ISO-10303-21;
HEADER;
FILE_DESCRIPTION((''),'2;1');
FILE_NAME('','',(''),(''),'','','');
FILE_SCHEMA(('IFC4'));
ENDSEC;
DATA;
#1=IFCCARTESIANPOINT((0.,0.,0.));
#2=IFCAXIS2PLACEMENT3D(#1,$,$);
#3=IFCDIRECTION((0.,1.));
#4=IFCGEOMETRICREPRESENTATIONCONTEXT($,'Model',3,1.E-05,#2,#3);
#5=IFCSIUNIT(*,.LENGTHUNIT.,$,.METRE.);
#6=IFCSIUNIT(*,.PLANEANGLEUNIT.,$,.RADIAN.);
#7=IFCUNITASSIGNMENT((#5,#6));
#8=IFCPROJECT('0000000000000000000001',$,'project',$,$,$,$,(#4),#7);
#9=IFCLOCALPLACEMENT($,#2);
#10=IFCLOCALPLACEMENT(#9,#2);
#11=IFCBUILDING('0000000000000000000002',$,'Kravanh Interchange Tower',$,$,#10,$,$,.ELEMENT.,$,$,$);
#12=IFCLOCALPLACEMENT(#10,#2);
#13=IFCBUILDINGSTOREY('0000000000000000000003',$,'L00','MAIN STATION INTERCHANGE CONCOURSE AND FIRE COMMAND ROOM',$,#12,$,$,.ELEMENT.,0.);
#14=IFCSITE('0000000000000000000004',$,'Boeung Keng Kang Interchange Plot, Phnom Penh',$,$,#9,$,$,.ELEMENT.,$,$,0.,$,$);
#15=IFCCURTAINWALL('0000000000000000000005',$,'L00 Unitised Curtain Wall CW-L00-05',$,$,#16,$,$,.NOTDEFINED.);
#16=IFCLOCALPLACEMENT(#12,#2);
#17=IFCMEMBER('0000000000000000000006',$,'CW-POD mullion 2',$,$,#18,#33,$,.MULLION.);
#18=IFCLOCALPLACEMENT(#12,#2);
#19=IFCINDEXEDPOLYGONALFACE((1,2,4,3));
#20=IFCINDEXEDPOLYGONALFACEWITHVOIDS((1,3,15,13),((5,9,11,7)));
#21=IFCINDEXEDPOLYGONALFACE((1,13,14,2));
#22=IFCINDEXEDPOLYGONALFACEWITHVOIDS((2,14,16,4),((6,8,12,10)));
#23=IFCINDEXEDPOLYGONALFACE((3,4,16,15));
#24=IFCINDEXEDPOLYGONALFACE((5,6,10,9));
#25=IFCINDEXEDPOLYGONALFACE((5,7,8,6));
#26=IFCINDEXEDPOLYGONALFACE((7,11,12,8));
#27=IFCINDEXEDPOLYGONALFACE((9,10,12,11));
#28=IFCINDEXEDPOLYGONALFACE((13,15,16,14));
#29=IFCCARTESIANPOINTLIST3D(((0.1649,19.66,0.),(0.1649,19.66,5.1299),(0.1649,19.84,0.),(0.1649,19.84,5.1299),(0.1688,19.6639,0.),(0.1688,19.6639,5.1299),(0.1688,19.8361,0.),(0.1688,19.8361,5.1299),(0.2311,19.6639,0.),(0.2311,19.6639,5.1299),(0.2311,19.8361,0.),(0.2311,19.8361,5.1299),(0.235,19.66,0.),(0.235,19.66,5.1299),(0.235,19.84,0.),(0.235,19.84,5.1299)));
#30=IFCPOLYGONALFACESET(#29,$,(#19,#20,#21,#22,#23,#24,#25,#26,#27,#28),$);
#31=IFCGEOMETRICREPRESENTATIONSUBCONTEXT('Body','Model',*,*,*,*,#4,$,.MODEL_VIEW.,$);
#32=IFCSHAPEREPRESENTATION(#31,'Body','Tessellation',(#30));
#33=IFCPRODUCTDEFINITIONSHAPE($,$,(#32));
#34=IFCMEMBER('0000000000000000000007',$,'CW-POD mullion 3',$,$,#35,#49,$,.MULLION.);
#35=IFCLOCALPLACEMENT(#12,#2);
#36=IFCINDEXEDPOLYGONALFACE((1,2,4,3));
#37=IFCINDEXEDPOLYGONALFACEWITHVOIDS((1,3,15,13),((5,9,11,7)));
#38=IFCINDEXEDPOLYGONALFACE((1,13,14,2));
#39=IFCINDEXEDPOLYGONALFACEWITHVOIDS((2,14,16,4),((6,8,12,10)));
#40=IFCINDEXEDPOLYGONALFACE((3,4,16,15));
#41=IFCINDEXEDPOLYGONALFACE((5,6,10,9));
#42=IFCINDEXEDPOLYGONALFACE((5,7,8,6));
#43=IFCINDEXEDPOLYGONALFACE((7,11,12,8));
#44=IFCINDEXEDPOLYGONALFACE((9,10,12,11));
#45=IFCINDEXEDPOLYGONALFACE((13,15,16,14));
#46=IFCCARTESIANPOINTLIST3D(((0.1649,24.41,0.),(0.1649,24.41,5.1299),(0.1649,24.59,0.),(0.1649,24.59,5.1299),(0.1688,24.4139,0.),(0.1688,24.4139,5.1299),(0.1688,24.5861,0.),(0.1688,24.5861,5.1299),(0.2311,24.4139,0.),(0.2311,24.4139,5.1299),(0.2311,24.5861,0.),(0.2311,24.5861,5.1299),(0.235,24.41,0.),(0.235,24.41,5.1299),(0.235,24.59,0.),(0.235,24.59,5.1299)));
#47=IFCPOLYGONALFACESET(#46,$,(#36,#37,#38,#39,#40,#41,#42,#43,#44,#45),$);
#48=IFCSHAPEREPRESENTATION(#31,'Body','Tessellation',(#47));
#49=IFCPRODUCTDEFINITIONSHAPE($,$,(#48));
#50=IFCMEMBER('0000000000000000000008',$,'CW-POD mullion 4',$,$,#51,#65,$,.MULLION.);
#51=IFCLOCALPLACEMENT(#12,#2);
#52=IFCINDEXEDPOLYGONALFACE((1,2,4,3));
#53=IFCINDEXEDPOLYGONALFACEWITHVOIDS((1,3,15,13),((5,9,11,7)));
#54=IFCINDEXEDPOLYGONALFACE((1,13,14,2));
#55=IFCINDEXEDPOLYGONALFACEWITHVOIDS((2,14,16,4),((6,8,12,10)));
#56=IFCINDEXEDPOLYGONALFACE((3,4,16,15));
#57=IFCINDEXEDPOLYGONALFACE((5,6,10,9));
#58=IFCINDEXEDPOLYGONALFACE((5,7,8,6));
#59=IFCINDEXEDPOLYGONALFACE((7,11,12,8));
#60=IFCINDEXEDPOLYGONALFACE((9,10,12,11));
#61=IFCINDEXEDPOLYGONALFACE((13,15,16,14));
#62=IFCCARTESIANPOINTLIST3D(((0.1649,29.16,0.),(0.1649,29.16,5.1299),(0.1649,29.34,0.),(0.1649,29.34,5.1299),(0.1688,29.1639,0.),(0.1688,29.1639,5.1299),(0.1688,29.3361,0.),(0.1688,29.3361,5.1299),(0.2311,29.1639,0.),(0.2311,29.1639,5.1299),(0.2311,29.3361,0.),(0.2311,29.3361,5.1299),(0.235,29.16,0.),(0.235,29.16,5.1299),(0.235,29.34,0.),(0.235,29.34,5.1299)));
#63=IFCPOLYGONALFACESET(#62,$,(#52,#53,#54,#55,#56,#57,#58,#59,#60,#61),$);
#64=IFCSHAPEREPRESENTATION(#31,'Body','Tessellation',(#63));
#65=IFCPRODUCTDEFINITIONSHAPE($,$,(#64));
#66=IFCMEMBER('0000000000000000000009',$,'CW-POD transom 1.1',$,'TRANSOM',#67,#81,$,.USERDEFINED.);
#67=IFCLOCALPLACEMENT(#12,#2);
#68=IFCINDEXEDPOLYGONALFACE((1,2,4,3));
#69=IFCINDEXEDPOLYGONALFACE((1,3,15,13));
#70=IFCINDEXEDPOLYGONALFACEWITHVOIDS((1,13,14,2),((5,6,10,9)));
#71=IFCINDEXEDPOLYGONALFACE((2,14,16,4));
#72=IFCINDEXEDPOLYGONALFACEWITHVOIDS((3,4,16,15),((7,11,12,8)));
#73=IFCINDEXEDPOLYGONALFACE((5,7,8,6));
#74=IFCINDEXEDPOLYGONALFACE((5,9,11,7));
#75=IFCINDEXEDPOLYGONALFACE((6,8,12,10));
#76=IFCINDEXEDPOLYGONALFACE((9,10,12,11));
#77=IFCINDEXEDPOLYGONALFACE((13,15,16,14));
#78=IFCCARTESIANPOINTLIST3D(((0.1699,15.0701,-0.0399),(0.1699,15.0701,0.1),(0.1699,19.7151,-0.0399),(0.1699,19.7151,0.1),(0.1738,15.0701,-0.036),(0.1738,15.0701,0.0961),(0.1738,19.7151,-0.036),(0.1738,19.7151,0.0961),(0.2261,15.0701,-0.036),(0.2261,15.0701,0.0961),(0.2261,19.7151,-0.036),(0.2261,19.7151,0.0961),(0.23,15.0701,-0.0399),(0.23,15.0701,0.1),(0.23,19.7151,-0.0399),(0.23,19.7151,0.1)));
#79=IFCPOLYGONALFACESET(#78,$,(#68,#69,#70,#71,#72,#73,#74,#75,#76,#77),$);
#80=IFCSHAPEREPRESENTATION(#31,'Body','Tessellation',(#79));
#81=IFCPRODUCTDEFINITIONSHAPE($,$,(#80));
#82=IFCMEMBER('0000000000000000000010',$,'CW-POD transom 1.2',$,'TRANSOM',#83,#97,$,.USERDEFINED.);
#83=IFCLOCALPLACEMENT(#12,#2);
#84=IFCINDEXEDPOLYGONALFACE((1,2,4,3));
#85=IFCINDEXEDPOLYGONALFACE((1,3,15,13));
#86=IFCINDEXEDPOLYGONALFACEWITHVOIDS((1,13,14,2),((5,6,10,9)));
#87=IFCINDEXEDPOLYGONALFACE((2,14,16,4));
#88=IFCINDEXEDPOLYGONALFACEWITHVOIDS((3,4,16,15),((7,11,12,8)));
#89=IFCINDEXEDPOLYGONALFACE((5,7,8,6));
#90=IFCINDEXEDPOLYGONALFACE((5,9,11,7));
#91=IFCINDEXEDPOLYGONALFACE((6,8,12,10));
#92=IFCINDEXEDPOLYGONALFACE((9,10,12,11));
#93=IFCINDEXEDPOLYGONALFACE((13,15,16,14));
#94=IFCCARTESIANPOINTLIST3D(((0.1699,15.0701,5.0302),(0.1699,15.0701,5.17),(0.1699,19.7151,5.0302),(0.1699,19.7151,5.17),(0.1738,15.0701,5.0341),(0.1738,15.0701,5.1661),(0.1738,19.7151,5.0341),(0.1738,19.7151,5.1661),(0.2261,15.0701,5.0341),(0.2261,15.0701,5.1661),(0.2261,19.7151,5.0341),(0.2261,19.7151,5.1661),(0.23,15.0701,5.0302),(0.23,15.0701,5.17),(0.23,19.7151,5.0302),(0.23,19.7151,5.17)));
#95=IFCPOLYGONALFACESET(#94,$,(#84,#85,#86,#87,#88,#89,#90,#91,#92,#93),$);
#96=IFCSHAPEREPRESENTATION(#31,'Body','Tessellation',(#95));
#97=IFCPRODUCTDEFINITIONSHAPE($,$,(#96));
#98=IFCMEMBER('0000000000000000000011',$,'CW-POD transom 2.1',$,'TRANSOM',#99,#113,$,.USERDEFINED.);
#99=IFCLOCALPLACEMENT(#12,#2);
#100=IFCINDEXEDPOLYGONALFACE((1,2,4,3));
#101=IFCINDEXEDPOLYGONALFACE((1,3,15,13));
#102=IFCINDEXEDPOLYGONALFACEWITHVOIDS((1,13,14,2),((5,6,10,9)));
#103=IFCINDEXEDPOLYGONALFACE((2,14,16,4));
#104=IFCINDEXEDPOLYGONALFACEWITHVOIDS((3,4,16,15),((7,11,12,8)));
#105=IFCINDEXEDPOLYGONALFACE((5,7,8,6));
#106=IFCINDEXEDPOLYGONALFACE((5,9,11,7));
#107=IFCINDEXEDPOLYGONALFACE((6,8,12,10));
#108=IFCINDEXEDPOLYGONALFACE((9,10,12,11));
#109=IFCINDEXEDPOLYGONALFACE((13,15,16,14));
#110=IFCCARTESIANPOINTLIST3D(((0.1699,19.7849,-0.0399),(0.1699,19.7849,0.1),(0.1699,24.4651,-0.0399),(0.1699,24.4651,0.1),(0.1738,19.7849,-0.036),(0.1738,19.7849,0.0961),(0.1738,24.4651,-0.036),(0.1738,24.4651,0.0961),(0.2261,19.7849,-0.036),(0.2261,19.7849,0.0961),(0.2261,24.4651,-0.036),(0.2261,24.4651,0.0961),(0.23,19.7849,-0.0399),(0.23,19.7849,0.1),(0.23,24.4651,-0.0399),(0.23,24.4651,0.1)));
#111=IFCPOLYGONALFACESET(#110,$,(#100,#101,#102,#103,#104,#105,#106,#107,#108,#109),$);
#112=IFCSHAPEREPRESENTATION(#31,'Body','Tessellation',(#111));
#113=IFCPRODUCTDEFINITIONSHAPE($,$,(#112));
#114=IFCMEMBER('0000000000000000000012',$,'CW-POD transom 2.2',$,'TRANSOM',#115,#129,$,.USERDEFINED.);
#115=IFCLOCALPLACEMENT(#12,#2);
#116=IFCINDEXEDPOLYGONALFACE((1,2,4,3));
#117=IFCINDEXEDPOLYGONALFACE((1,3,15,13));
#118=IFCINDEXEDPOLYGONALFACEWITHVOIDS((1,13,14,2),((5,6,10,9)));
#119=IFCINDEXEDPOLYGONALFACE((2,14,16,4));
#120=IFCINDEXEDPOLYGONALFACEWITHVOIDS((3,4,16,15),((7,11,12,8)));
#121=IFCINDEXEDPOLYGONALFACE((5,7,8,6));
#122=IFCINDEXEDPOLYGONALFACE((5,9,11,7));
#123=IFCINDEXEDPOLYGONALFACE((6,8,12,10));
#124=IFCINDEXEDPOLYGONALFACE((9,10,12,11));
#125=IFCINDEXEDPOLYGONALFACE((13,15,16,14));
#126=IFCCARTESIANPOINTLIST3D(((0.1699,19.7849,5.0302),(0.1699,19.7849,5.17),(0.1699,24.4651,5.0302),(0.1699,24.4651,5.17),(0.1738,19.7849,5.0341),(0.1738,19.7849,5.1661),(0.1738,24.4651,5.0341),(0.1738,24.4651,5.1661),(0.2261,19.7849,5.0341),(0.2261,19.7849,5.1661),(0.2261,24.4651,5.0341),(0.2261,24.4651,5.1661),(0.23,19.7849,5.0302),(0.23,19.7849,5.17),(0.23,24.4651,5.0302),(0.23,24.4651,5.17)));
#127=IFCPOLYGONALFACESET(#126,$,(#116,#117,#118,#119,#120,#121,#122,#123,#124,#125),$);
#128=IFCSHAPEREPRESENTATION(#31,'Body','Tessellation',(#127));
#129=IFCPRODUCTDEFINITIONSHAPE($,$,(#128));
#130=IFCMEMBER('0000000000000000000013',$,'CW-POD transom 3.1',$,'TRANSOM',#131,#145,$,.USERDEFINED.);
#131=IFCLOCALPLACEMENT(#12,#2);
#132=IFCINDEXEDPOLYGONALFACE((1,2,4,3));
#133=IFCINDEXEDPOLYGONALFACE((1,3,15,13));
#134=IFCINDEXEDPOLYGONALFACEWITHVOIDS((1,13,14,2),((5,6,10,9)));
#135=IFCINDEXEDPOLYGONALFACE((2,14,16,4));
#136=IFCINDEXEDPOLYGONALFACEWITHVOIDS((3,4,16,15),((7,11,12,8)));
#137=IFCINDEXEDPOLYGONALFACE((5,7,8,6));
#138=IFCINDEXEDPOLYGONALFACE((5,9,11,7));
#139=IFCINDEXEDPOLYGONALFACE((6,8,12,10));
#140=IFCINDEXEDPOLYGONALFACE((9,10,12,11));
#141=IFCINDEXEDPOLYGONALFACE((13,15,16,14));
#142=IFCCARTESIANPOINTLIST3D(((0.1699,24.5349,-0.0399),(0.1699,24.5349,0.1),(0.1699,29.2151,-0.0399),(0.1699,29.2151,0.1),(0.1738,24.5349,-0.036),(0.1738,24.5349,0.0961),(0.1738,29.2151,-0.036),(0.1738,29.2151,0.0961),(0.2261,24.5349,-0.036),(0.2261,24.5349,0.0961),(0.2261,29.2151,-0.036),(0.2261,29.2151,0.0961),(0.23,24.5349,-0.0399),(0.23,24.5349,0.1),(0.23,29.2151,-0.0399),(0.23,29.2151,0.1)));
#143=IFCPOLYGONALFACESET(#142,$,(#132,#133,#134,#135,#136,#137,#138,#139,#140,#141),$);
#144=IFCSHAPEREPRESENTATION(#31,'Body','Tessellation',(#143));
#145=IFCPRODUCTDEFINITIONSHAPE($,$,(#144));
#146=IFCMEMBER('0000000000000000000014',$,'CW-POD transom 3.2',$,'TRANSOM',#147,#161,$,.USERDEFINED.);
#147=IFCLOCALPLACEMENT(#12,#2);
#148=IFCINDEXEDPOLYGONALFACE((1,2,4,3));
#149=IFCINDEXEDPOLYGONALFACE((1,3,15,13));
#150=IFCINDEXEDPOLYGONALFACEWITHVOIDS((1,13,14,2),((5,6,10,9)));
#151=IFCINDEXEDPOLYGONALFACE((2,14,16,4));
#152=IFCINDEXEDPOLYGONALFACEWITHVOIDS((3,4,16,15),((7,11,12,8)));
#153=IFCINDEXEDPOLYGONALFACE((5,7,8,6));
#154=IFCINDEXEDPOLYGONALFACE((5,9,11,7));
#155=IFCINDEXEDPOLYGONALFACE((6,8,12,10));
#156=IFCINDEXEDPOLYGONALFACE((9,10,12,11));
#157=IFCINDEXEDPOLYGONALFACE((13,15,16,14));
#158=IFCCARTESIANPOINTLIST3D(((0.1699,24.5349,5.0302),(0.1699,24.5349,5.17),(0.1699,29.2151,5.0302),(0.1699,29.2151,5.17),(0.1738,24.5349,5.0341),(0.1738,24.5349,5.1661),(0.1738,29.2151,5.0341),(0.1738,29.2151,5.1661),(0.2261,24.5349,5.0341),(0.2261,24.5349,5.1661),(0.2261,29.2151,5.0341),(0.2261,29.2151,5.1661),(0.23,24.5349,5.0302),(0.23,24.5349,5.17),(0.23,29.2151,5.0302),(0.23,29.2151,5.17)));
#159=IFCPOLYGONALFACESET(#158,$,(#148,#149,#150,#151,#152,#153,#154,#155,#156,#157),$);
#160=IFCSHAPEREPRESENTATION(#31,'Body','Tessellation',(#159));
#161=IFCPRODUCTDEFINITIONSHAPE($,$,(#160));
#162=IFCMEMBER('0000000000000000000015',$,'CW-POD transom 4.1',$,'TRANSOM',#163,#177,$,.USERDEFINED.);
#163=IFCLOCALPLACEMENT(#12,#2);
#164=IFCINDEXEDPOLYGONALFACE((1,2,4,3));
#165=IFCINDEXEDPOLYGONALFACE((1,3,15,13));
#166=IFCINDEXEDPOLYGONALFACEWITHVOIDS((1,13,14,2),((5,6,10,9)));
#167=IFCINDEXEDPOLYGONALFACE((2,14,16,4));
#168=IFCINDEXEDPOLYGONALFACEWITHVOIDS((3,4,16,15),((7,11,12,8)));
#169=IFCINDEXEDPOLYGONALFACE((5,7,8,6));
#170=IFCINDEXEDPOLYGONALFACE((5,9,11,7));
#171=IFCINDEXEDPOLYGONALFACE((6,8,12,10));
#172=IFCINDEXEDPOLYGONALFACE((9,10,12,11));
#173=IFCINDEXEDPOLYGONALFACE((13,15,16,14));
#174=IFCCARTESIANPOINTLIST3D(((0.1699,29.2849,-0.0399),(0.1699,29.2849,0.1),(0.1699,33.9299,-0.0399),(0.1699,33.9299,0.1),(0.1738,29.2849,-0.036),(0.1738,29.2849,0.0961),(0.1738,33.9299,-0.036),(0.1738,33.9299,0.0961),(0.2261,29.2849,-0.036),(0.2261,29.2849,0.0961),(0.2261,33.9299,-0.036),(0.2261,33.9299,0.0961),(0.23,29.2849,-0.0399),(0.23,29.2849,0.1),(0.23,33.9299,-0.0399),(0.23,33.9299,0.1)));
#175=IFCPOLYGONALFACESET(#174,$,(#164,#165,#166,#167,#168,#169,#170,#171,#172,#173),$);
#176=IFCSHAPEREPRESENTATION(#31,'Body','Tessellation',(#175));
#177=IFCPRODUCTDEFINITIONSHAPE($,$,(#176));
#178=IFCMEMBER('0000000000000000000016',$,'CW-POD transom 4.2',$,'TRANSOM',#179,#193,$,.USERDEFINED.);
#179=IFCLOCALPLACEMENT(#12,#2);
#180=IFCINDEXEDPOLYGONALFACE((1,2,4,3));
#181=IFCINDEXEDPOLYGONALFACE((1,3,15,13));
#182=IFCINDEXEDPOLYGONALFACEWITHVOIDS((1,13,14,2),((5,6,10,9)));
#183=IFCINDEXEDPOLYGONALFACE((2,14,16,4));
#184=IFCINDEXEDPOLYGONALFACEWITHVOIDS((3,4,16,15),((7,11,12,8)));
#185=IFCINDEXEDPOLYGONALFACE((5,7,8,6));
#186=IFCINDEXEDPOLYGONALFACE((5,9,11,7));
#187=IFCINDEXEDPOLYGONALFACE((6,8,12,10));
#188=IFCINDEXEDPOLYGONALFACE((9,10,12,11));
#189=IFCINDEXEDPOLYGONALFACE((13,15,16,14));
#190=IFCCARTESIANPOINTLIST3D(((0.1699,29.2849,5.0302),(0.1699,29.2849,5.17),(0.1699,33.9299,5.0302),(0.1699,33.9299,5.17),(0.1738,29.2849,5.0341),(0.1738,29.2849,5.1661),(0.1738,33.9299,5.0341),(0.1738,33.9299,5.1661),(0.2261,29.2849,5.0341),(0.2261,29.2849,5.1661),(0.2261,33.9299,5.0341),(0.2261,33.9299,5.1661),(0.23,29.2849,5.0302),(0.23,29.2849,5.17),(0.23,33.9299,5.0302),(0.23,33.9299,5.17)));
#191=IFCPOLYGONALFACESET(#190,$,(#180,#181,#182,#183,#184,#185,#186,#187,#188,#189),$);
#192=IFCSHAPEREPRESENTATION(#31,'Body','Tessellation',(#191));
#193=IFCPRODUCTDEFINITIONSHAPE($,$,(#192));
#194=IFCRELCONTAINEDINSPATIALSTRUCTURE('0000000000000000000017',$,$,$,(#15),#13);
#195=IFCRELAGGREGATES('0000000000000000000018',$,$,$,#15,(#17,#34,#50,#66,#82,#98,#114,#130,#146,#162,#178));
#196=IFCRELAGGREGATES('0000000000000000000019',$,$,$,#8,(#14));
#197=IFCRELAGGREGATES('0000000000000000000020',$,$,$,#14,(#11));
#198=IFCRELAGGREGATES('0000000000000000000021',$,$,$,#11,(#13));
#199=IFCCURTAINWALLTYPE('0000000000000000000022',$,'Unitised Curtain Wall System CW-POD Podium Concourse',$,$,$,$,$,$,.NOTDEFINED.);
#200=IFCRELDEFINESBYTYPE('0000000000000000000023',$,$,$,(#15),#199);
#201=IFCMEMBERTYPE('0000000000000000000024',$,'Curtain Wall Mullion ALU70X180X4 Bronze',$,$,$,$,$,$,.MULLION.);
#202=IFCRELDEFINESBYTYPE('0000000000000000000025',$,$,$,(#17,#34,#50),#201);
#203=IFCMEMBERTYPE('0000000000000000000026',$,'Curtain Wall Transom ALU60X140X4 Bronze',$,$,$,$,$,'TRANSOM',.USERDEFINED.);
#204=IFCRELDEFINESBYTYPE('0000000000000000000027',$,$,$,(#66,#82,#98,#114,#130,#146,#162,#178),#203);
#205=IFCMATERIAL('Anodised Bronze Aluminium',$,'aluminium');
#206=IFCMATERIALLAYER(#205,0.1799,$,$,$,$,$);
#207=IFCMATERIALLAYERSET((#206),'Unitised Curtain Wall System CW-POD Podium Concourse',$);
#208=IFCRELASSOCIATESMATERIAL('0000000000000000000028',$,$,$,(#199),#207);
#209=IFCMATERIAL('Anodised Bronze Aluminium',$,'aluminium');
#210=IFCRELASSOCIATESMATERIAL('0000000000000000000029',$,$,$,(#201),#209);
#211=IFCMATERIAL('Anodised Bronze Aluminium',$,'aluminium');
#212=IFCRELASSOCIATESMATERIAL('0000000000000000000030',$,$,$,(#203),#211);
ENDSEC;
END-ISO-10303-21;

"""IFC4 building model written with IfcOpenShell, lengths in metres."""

from ifc_helpers import new_model, si_unit, direction, frame, origin, origin_2d, place, context, subcontext, project, spatial, hollow_rectangle, extrude, material, layer, layer_set, material_profile, profile_set, type_object, element, aggregate, save


model = new_model("IFC4")

# Units and contexts
model_context = context("Model", 3, precision=1e-05, world=origin(), true_north=direction((0.0, 1.0)))
body_context = subcontext(model_context, "Body", "Model", "MODEL_VIEW")
ifc_project = project(units=[si_unit("LENGTHUNIT", "METRE"), si_unit("PLANEANGLEUNIT", "RADIAN")], contexts=[model_context])

# Site, building, storey
site_placement = place(None, origin())
site = spatial("IfcSite", under=ifc_project, at=site_placement, Name="Boeung Keng Kang Interchange Plot, Phnom Penh", CompositionType="ELEMENT", RefElevation=0.0)
building_placement = place(site_placement, origin())
building = spatial("IfcBuilding", under=site, at=building_placement, Name="Kravanh Interchange Tower", CompositionType="ELEMENT")
storey_placement = place(building_placement, origin())
storey = spatial("IfcBuildingStorey", under=building, at=storey_placement, Name="L00", Description="MAIN STATION INTERCHANGE CONCOURSE AND FIRE COMMAND ROOM", CompositionType="ELEMENT", Elevation=0.0)

# Curtain wall, members
ifc_material_1 = material(Name="Anodised Bronze Aluminium", Category="aluminium")
ifc_layer_1 = layer(ifc_material_1, 0.1799)
ifc_layer_set_1 = layer_set([ifc_layer_1], Name="Unitised Curtain Wall System CW-POD Podium Concourse")
curtain_wall_type = type_object("IfcCurtainWallType", Name="Unitised Curtain Wall System CW-POD Podium Concourse", PredefinedType="NOTDEFINED", material=ifc_layer_set_1)
curtain_wall_placement = place(storey_placement, origin())
curtain_wall = element("IfcCurtainWall", 1, at=curtain_wall_placement, inside=storey, type_object=curtain_wall_type, Name="L00 Unitised Curtain Wall CW-L00-05", PredefinedType="NOTDEFINED")
ifc_material_2 = material(Name="Anodised Bronze Aluminium", Category="aluminium")
ifc_material_profile_1 = material_profile(ifc_material_2, hollow_rectangle(XDim=0.0701, YDim=0.1799, WallThickness=0.0039, at=origin_2d()), Name="ALU70X180X4")
ifc_profile_set_1 = profile_set([ifc_material_profile_1], Name="Anodised Bronze Aluminium")
member_type_1 = type_object("IfcMemberType", Name="Curtain Wall Mullion ALU70X180X4 Bronze", PredefinedType="MULLION", material=ifc_profile_set_1)
member_1_placement = place(storey_placement, frame((0.2, 19.75, 0.0), z_axis=(0.0, 0.0, 1.0), x_axis=(-1.0, 0.0, 0.0)))
member_1 = element("IfcMember", 2, at=member_1_placement, type_object=member_type_1, Name="CW-POD mullion 2", PredefinedType="MULLION", context=body_context, shape_type="SweptSolid", body=[
    extrude(hollow_rectangle(XDim=0.0701, YDim=0.1799, WallThickness=0.0039, at=origin_2d()), origin(), (0.0, 0.0, 1.0), 5.1299),
])
member_2_placement = place(storey_placement, frame((0.2, 24.5, 0.0), z_axis=(0.0, 0.0, 1.0), x_axis=(-1.0, 0.0, 0.0)))
member_2 = element("IfcMember", 3, at=member_2_placement, type_object=member_type_1, Name="CW-POD mullion 3", PredefinedType="MULLION", context=body_context, shape_type="SweptSolid", body=[
    extrude(hollow_rectangle(XDim=0.0701, YDim=0.1799, WallThickness=0.0039, at=origin_2d()), origin(), (0.0, 0.0, 1.0), 5.1299),
])
member_3_placement = place(storey_placement, frame((0.2, 29.25, 0.0), z_axis=(0.0, 0.0, 1.0), x_axis=(-1.0, 0.0, 0.0)))
member_3 = element("IfcMember", 4, at=member_3_placement, type_object=member_type_1, Name="CW-POD mullion 4", PredefinedType="MULLION", context=body_context, shape_type="SweptSolid", body=[
    extrude(hollow_rectangle(XDim=0.0701, YDim=0.1799, WallThickness=0.0039, at=origin_2d()), origin(), (0.0, 0.0, 1.0), 5.1299),
])
ifc_material_3 = material(Name="Anodised Bronze Aluminium", Category="aluminium")
ifc_material_profile_2 = material_profile(ifc_material_3, hollow_rectangle(XDim=0.0601, YDim=0.1399, WallThickness=0.0039, at=origin_2d()), Name="ALU60X140X4")
ifc_profile_set_2 = profile_set([ifc_material_profile_2], Name="Anodised Bronze Aluminium")
member_type_2 = type_object("IfcMemberType", Name="Curtain Wall Transom ALU60X140X4 Bronze", ElementType="TRANSOM", PredefinedType="USERDEFINED", material=ifc_profile_set_2)
member_4_placement = place(storey_placement, frame((0.2, 15.0701, 0.03), z_axis=(0.0, 1.0, 0.0), x_axis=(-1.0, 0.0, 0.0)))
member_4 = element("IfcMember", 5, at=member_4_placement, type_object=member_type_2, Name="CW-POD transom 1.1", ObjectType="TRANSOM", PredefinedType="USERDEFINED", context=body_context, shape_type="SweptSolid", body=[
    extrude(hollow_rectangle(XDim=0.0601, YDim=0.1399, WallThickness=0.0039, at=origin_2d()), origin(), (0.0, 0.0, 1.0), 4.645),
])
member_5_placement = place(storey_placement, frame((0.2, 15.0701, 5.1001), z_axis=(0.0, 1.0, 0.0), x_axis=(-1.0, 0.0, 0.0)))
member_5 = element("IfcMember", 6, at=member_5_placement, type_object=member_type_2, Name="CW-POD transom 1.2", ObjectType="TRANSOM", PredefinedType="USERDEFINED", context=body_context, shape_type="SweptSolid", body=[
    extrude(hollow_rectangle(XDim=0.0601, YDim=0.1399, WallThickness=0.0039, at=origin_2d()), origin(), (0.0, 0.0, 1.0), 4.645),
])
member_6_placement = place(storey_placement, frame((0.2, 19.7849, 0.03), z_axis=(0.0, 1.0, 0.0), x_axis=(-1.0, 0.0, 0.0)))
member_6 = element("IfcMember", 7, at=member_6_placement, type_object=member_type_2, Name="CW-POD transom 2.1", ObjectType="TRANSOM", PredefinedType="USERDEFINED", context=body_context, shape_type="SweptSolid", body=[
    extrude(hollow_rectangle(XDim=0.0601, YDim=0.1399, WallThickness=0.0039, at=origin_2d()), origin(), (0.0, 0.0, 1.0), 4.6802),
])
member_7_placement = place(storey_placement, frame((0.2, 19.7849, 5.1001), z_axis=(0.0, 1.0, 0.0), x_axis=(-1.0, 0.0, 0.0)))
member_7 = element("IfcMember", 8, at=member_7_placement, type_object=member_type_2, Name="CW-POD transom 2.2", ObjectType="TRANSOM", PredefinedType="USERDEFINED", context=body_context, shape_type="SweptSolid", body=[
    extrude(hollow_rectangle(XDim=0.0601, YDim=0.1399, WallThickness=0.0039, at=origin_2d()), origin(), (0.0, 0.0, 1.0), 4.6802),
])
member_8_placement = place(storey_placement, frame((0.2, 24.5349, 0.03), z_axis=(0.0, 1.0, 0.0), x_axis=(-1.0, 0.0, 0.0)))
member_8 = element("IfcMember", 9, at=member_8_placement, type_object=member_type_2, Name="CW-POD transom 3.1", ObjectType="TRANSOM", PredefinedType="USERDEFINED", context=body_context, shape_type="SweptSolid", body=[
    extrude(hollow_rectangle(XDim=0.0601, YDim=0.1399, WallThickness=0.0039, at=origin_2d()), origin(), (0.0, 0.0, 1.0), 4.6802),
])
member_9_placement = place(storey_placement, frame((0.2, 24.5349, 5.1001), z_axis=(0.0, 1.0, 0.0), x_axis=(-1.0, 0.0, 0.0)))
member_9 = element("IfcMember", 10, at=member_9_placement, type_object=member_type_2, Name="CW-POD transom 3.2", ObjectType="TRANSOM", PredefinedType="USERDEFINED", context=body_context, shape_type="SweptSolid", body=[
    extrude(hollow_rectangle(XDim=0.0601, YDim=0.1399, WallThickness=0.0039, at=origin_2d()), origin(), (0.0, 0.0, 1.0), 4.6802),
])
member_10_placement = place(storey_placement, frame((0.2, 29.2849, 0.03), z_axis=(0.0, 1.0, 0.0), x_axis=(-1.0, 0.0, 0.0)))
member_10 = element("IfcMember", 11, at=member_10_placement, type_object=member_type_2, Name="CW-POD transom 4.1", ObjectType="TRANSOM", PredefinedType="USERDEFINED", context=body_context, shape_type="SweptSolid", body=[
    extrude(hollow_rectangle(XDim=0.0601, YDim=0.1399, WallThickness=0.0039, at=origin_2d()), origin(), (0.0, 0.0, 1.0), 4.645),
])
member_11_placement = place(storey_placement, frame((0.2, 29.2849, 5.1001), z_axis=(0.0, 1.0, 0.0), x_axis=(-1.0, 0.0, 0.0)))
member_11 = element("IfcMember", 12, at=member_11_placement, type_object=member_type_2, Name="CW-POD transom 4.2", ObjectType="TRANSOM", PredefinedType="USERDEFINED", context=body_context, shape_type="SweptSolid", body=[
    extrude(hollow_rectangle(XDim=0.0601, YDim=0.1399, WallThickness=0.0039, at=origin_2d()), origin(), (0.0, 0.0, 1.0), 4.645),
])

aggregate(curtain_wall, [member_1, member_2, member_3, member_4, member_5, member_6, member_7, member_8, member_9, member_10, member_11])

save(model, "model.ifc")
